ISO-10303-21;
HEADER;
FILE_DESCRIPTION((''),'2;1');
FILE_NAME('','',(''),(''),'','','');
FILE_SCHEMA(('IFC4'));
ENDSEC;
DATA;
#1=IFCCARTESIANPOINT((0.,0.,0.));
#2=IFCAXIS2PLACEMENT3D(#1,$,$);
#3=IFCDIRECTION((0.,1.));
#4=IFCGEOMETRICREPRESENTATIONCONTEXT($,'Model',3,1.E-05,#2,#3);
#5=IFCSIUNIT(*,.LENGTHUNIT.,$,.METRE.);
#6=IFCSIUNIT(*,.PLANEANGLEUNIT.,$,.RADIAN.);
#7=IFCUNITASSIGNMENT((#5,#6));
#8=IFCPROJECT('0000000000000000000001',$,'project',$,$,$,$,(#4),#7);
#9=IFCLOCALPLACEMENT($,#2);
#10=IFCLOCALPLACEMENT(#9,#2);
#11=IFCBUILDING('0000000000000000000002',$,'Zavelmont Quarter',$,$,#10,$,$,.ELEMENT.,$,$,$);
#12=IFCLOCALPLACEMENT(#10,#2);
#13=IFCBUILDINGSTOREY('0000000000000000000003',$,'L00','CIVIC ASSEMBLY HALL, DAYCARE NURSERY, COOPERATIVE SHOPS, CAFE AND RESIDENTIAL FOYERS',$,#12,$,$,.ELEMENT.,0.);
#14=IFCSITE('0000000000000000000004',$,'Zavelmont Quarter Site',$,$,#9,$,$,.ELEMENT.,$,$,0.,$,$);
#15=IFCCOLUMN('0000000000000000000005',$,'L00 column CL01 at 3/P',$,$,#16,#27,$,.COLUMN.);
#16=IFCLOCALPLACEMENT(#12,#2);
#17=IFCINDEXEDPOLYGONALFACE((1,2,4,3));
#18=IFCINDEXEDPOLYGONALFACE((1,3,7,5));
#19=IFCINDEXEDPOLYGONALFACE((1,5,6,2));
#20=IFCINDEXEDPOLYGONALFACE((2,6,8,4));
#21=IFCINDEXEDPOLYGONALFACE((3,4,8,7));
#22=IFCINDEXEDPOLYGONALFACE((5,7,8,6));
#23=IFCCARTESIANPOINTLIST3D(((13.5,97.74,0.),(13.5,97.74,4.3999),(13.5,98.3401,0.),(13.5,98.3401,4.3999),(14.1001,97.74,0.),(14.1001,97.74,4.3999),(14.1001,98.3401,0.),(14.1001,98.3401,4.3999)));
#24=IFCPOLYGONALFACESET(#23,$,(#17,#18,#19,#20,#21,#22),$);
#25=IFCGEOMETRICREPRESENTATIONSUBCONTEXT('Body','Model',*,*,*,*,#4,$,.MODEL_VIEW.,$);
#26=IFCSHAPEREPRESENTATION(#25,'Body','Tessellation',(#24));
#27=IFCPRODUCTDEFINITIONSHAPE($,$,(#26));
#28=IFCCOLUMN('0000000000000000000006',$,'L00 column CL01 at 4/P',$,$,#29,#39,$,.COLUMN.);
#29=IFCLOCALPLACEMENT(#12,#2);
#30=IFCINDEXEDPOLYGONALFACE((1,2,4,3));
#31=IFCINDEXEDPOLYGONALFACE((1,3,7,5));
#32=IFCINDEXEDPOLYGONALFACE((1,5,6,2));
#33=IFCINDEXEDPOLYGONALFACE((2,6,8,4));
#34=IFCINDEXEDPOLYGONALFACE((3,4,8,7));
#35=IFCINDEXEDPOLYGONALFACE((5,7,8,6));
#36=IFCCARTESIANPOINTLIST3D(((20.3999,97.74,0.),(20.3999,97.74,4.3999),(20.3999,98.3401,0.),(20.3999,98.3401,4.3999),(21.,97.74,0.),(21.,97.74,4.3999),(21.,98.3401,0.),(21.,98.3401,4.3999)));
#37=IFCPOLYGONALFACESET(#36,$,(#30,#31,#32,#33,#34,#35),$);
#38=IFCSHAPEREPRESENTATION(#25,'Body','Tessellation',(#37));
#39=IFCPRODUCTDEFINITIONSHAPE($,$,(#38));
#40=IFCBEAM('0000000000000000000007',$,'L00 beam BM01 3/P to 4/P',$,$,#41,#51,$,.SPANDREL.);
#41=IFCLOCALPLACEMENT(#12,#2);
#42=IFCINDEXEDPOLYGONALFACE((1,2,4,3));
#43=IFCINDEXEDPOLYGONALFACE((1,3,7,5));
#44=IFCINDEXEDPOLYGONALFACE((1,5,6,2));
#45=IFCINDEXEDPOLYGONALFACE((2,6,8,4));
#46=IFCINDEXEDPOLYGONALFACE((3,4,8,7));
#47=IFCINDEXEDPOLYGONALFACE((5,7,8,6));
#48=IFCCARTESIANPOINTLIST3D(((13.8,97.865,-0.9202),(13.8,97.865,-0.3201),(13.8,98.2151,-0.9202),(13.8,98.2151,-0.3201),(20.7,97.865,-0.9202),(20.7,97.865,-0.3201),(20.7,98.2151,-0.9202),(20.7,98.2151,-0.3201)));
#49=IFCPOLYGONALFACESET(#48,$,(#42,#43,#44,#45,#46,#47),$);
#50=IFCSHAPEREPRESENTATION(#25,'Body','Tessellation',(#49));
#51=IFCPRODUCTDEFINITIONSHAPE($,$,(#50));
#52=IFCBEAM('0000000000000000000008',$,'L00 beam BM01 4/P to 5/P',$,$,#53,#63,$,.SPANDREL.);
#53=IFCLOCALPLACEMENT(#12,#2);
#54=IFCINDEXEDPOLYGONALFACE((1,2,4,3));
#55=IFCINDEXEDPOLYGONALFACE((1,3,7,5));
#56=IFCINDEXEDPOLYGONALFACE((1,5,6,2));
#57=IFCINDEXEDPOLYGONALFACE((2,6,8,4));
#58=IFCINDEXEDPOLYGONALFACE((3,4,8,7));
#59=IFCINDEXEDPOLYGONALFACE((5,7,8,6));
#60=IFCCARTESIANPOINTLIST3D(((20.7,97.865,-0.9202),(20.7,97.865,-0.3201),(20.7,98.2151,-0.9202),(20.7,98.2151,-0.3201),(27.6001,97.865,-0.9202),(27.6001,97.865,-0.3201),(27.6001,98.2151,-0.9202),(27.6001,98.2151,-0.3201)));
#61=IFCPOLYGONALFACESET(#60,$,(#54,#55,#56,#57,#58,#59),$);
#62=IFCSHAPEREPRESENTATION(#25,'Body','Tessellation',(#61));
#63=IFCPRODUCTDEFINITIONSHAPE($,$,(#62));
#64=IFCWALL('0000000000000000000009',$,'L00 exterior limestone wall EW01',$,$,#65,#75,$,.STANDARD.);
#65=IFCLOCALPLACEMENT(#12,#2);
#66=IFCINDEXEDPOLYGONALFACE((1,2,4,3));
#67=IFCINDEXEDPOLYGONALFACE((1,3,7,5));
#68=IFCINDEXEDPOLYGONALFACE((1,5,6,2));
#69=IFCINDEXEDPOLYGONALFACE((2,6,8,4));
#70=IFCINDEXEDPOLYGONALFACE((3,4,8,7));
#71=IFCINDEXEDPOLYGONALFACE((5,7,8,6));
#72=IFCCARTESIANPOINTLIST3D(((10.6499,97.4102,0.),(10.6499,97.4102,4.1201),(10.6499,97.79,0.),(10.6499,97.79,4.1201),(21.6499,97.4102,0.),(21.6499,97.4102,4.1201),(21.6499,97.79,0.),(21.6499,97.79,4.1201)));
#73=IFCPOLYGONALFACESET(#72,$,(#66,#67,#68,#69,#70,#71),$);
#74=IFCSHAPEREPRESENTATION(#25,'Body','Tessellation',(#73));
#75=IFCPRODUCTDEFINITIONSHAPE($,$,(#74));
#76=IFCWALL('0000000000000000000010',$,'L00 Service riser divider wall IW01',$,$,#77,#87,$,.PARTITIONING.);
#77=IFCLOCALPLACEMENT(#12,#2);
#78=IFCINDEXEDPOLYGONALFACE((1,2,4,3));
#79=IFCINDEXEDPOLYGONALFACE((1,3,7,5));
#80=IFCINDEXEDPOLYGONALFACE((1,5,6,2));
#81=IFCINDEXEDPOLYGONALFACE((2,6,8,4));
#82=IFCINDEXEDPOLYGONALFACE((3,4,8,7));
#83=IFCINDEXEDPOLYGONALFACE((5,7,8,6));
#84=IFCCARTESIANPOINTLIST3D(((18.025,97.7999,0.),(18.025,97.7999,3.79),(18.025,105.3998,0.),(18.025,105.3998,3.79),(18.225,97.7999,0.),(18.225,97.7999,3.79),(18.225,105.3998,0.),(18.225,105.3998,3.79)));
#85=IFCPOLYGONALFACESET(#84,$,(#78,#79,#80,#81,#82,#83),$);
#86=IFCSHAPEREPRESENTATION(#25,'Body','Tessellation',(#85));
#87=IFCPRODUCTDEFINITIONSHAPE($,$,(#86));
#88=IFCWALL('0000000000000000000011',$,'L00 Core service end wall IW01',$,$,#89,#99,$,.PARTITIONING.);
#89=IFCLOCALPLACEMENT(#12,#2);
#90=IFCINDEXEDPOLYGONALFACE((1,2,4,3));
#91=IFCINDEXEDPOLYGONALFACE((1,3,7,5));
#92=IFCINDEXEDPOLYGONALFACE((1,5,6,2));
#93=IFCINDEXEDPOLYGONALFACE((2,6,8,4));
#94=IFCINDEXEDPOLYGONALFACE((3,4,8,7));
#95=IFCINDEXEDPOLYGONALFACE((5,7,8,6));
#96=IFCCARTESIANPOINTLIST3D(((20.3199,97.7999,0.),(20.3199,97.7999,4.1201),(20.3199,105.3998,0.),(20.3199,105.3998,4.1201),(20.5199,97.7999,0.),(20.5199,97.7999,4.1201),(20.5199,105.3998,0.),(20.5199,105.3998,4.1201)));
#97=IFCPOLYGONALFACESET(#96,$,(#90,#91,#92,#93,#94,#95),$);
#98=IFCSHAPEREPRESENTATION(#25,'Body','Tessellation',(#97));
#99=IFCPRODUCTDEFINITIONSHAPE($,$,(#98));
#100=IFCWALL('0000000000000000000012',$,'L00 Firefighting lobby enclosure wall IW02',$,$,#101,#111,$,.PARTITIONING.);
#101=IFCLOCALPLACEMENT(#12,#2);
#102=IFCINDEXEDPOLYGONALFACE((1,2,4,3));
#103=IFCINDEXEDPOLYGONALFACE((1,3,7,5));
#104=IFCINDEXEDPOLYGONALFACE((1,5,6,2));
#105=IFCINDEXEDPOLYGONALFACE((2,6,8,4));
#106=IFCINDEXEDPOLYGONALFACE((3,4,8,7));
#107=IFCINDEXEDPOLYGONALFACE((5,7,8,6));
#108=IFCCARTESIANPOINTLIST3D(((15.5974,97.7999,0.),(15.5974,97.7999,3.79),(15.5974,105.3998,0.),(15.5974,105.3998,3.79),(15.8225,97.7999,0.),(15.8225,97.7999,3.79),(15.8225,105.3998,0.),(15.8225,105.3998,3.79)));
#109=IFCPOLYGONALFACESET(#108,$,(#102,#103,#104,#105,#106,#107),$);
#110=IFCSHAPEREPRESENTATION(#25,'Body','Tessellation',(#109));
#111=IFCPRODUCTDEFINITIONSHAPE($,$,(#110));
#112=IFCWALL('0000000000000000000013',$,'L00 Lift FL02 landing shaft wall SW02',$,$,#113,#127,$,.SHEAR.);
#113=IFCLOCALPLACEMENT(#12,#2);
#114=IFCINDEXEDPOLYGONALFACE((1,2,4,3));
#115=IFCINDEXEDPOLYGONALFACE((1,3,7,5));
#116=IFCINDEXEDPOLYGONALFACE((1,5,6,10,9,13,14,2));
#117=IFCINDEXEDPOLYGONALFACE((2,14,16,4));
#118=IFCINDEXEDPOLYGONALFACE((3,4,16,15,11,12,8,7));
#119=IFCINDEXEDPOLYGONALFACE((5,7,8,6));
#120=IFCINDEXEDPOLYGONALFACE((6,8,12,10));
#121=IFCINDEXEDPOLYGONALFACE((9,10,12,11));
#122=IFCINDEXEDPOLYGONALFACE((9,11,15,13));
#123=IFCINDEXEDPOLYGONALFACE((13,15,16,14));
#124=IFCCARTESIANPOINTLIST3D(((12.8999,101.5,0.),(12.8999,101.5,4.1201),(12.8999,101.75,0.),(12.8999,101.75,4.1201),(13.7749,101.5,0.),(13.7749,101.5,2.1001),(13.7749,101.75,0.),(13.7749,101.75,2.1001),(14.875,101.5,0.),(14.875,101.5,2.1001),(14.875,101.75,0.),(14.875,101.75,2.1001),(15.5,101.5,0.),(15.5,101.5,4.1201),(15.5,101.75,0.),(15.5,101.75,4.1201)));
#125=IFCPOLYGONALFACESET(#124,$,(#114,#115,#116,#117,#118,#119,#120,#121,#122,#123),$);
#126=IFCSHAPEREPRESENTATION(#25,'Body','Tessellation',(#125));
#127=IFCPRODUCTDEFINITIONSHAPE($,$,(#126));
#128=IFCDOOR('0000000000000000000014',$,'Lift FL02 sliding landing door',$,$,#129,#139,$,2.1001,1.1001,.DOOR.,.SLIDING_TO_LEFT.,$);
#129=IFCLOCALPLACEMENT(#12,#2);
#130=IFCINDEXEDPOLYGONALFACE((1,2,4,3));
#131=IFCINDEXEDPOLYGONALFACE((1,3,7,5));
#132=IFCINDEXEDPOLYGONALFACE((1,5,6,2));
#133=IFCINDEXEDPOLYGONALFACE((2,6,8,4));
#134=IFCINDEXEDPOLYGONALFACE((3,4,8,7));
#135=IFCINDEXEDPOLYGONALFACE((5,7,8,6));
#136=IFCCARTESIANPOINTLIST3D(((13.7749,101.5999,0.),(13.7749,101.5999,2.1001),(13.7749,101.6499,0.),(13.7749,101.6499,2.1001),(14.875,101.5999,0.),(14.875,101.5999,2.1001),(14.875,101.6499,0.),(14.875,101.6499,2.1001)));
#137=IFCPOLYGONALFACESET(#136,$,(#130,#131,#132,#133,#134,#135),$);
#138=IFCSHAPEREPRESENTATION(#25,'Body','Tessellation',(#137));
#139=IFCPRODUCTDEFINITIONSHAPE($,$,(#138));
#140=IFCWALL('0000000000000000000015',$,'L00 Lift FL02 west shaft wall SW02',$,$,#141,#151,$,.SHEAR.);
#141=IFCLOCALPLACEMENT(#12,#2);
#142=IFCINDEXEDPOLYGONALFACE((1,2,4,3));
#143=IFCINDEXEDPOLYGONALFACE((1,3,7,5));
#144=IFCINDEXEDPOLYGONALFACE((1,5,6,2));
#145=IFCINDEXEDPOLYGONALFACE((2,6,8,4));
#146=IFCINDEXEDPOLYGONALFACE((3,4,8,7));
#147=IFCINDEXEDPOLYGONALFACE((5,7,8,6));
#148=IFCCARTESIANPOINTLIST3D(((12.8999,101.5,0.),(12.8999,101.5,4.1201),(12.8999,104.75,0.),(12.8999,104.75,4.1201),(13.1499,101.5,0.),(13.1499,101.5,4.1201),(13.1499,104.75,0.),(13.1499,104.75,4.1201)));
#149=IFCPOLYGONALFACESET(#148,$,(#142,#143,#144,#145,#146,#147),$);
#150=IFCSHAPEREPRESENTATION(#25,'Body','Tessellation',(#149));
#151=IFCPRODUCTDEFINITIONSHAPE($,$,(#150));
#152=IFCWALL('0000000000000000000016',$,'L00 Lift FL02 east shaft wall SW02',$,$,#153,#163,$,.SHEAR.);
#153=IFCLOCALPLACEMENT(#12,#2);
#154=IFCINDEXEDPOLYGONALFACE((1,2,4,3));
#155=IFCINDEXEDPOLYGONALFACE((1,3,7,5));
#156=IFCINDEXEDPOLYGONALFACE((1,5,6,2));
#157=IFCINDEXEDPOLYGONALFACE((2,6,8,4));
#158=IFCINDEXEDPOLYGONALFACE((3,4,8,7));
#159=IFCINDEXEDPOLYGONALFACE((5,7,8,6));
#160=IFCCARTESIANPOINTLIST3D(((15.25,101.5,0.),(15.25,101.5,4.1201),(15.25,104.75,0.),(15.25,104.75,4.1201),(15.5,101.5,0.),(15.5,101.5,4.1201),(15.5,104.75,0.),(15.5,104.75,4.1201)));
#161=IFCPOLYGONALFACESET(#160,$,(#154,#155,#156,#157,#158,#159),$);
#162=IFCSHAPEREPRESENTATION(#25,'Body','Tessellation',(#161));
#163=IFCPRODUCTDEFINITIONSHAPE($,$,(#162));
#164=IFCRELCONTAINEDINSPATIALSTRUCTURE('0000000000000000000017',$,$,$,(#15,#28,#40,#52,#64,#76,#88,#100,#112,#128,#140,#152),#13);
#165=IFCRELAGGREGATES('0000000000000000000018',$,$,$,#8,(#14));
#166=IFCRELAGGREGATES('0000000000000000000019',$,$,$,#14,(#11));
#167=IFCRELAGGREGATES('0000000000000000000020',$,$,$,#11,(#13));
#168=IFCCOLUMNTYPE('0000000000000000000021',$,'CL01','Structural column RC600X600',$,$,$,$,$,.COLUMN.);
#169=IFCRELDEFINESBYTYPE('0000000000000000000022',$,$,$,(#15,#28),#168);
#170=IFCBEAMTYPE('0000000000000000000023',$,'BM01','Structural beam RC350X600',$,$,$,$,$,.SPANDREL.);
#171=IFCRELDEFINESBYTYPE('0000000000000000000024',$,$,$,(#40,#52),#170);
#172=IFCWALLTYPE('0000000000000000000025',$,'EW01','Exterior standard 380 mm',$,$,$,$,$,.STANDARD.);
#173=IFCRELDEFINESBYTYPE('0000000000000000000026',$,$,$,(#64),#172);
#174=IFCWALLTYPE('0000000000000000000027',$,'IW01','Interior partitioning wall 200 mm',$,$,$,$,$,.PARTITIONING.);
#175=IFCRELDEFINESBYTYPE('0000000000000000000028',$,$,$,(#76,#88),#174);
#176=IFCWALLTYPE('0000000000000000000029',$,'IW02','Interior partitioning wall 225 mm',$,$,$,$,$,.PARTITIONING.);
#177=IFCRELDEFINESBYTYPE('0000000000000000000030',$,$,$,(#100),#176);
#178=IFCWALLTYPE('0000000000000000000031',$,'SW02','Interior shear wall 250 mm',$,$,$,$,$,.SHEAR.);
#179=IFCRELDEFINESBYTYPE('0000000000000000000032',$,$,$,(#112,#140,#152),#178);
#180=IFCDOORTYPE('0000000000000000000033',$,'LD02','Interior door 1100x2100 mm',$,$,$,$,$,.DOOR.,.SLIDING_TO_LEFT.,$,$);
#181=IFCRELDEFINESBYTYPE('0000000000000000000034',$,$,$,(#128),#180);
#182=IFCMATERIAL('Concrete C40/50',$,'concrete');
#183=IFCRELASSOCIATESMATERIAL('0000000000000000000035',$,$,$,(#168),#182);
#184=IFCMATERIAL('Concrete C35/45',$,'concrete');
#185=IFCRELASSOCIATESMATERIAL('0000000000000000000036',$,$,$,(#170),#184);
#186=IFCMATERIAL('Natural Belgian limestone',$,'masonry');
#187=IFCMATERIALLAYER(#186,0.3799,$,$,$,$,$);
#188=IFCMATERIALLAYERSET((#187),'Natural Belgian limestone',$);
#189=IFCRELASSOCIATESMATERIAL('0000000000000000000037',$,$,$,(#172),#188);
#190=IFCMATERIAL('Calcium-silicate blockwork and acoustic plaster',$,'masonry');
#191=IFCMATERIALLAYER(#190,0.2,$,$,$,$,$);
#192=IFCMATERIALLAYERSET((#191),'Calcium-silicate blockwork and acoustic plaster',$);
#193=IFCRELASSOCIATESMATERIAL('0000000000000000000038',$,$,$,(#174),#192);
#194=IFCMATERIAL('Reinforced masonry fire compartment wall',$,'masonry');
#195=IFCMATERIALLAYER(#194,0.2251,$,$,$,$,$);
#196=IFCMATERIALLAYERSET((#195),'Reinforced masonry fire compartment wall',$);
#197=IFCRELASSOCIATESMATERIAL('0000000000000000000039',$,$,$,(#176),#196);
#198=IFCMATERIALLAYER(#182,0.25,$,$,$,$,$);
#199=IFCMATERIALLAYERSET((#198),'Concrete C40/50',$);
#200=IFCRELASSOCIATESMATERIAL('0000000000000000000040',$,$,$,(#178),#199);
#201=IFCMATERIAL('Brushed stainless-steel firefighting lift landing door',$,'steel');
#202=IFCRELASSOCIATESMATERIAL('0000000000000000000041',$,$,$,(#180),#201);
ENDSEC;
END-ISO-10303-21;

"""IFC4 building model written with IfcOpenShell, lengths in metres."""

from ifc_helpers import new_model, si_unit, direction, frame, frame_2d, origin, origin_with_axes, origin_2d, place, context, subcontext, project, spatial, rectangle, extrude, material, layer, layer_set, material_profile, profile_set, type_object, element, fill, save


model = new_model("IFC4")

# Units and contexts
model_context = context("Model", 3, precision=1e-05, world=origin(), true_north=direction((0.0, 1.0)))
body_context = subcontext(model_context, "Body", "Model", "MODEL_VIEW")
ifc_project = project(units=[si_unit("LENGTHUNIT", "METRE"), si_unit("PLANEANGLEUNIT", "RADIAN")], contexts=[model_context])

# Site, building, storey
site_placement = place(None, origin())
site = spatial("IfcSite", under=ifc_project, at=site_placement, Name="Zavelmont Quarter Site", CompositionType="ELEMENT", RefElevation=0.0)
building_placement = place(site_placement, origin())
building = spatial("IfcBuilding", under=site, at=building_placement, Name="Zavelmont Quarter", CompositionType="ELEMENT")
storey_placement = place(building_placement, origin())
storey = spatial("IfcBuildingStorey", under=building, at=storey_placement, Name="L00", Description="CIVIC ASSEMBLY HALL, DAYCARE NURSERY, COOPERATIVE SHOPS, CAFE AND RESIDENTIAL FOYERS", CompositionType="ELEMENT", Elevation=0.0)

# Columns
ifc_material_1 = material(Name="Concrete C40/50", Category="concrete")
ifc_material_profile_1 = material_profile(ifc_material_1, rectangle(XDim=0.6001, YDim=0.6001, at=origin_2d()), Name="RC600X600")
ifc_profile_set_1 = profile_set([ifc_material_profile_1], Name="Concrete C40/50")
column_type = type_object("IfcColumnType", Name="CL01", Description="Structural column RC600X600", PredefinedType="COLUMN", material=ifc_profile_set_1)
for number, where, z_axis, x_axis, name in (
    (1, (13.8, 98.04, 0.0), (0.0, 0.0, 1.0), (1.0, 0.0, 0.0), "L00 column CL01 at 3/P"),
    (2, (20.7, 98.04, 0.0), (0.0, 0.0, 1.0), (1.0, 0.0, 0.0), "L00 column CL01 at 4/P"),
):
    element("IfcColumn", number, at=place(storey_placement, frame(where, z_axis=z_axis, x_axis=x_axis)), inside=storey, type_object=column_type, Name=name, PredefinedType="COLUMN", context=body_context, shape_type="SweptSolid", body=[
        extrude(rectangle(XDim=0.6001, YDim=0.6001, at=origin_2d()), origin(), (0.0, 0.0, 1.0), 4.3999),
    ])

# Beams
ifc_material_2 = material(Name="Concrete C35/45", Category="concrete")
ifc_material_profile_2 = material_profile(ifc_material_2, rectangle(XDim=0.3501, YDim=0.6001, at=origin_2d()), Name="RC350X600")
ifc_profile_set_2 = profile_set([ifc_material_profile_2], Name="Concrete C35/45")
beam_type = type_object("IfcBeamType", Name="BM01", Description="Structural beam RC350X600", PredefinedType="SPANDREL", material=ifc_profile_set_2)
beam_1_placement = place(storey_placement, frame((13.8, 98.04, -0.6201), z_axis=(1.0, 0.0, 0.0), x_axis=(0.0, 1.0, 0.0)))
element("IfcBeam", 3, at=beam_1_placement, inside=storey, type_object=beam_type, Name="L00 beam BM01 3/P to 4/P", PredefinedType="SPANDREL", context=body_context, shape_type="SweptSolid", body=[
    extrude(rectangle(XDim=0.3501, YDim=0.6001, at=origin_2d()), origin(), (0.0, 0.0, 1.0), 6.8999),
])
beam_2_placement = place(storey_placement, frame((20.7, 98.04, -0.6201), z_axis=(1.0, 0.0, 0.0), x_axis=(0.0, 1.0, 0.0)))
element("IfcBeam", 4, at=beam_2_placement, inside=storey, type_object=beam_type, Name="L00 beam BM01 4/P to 5/P", PredefinedType="SPANDREL", context=body_context, shape_type="SweptSolid", body=[
    extrude(rectangle(XDim=0.3501, YDim=0.6001, at=origin_2d()), origin(), (0.0, 0.0, 1.0), 6.9001),
])

# Walls
ifc_material_3 = material(Name="Natural Belgian limestone", Category="masonry")
ifc_layer_1 = layer(ifc_material_3, 0.3799)
ifc_layer_set_1 = layer_set([ifc_layer_1], Name="Natural Belgian limestone")
wall_type_1 = type_object("IfcWallType", Name="EW01", Description="Exterior standard 380 mm", PredefinedType="STANDARD", material=ifc_layer_set_1)
wall_1_placement = place(storey_placement, frame((10.6499, 97.6001, 0.0), z_axis=(0.0, 0.0, 1.0), x_axis=(1.0, 0.0, 0.0)))
element("IfcWall", 5, at=wall_1_placement, inside=storey, type_object=wall_type_1, Name="L00 exterior limestone wall EW01", PredefinedType="STANDARD", context=body_context, shape_type="SweptSolid", body=[
    extrude(rectangle(XDim=11.0, YDim=0.3799, at=frame_2d((5.5, 0.0))), origin(), (0.0, 0.0, 1.0), 4.1201),
])
ifc_material_4 = material(Name="Calcium-silicate blockwork and acoustic plaster", Category="masonry")
ifc_layer_2 = layer(ifc_material_4, 0.2)
ifc_layer_set_2 = layer_set([ifc_layer_2], Name="Calcium-silicate blockwork and acoustic plaster")
wall_type_2 = type_object("IfcWallType", Name="IW01", Description="Interior partitioning wall 200 mm", PredefinedType="PARTITIONING", material=ifc_layer_set_2)
wall_2_placement = place(storey_placement, frame((18.125, 97.8, 0.0), z_axis=(0.0, 0.0, 1.0), x_axis=(0.0, 1.0, 0.0)))
element("IfcWall", 6, at=wall_2_placement, inside=storey, type_object=wall_type_2, Name="L00 Service riser divider wall IW01", PredefinedType="PARTITIONING", context=body_context, shape_type="SweptSolid", body=[
    extrude(rectangle(XDim=7.5999, YDim=0.2, at=frame_2d((3.7998, 0.0))), origin(), (0.0, 0.0, 1.0), 3.79),
])
wall_3_placement = place(storey_placement, frame((20.4199, 97.8, 0.0), z_axis=(0.0, 0.0, 1.0), x_axis=(0.0, 1.0, 0.0)))
element("IfcWall", 7, at=wall_3_placement, inside=storey, type_object=wall_type_2, Name="L00 Core service end wall IW01", PredefinedType="PARTITIONING", context=body_context, shape_type="SweptSolid", body=[
    extrude(rectangle(XDim=7.5999, YDim=0.2, at=frame_2d((3.7998, 0.0))), origin(), (0.0, 0.0, 1.0), 4.1201),
])
ifc_material_5 = material(Name="Reinforced masonry fire compartment wall", Category="masonry")
ifc_layer_3 = layer(ifc_material_5, 0.2251)
ifc_layer_set_3 = layer_set([ifc_layer_3], Name="Reinforced masonry fire compartment wall")
wall_type_3 = type_object("IfcWallType", Name="IW02", Description="Interior partitioning wall 225 mm", PredefinedType="PARTITIONING", material=ifc_layer_set_3)
wall_4_placement = place(storey_placement, frame((15.71, 97.8, 0.0), z_axis=(0.0, 0.0, 1.0), x_axis=(0.0, 1.0, 0.0)))
element("IfcWall", 8, at=wall_4_placement, inside=storey, type_object=wall_type_3, Name="L00 Firefighting lobby enclosure wall IW02", PredefinedType="PARTITIONING", context=body_context, shape_type="SweptSolid", body=[
    extrude(rectangle(XDim=7.5999, YDim=0.2251, at=frame_2d((3.7998, 0.0))), origin(), (0.0, 0.0, 1.0), 3.79),
])

# Wall, opening, door
ifc_layer_4 = layer(ifc_material_1, 0.25)
ifc_layer_set_4 = layer_set([ifc_layer_4], Name="Concrete C40/50")
wall_type_4 = type_object("IfcWallType", Name="SW02", Description="Interior shear wall 250 mm", PredefinedType="SHEAR", material=ifc_layer_set_4)
wall_5_placement = place(storey_placement, frame((12.8999, 101.625, 0.0), z_axis=(0.0, 0.0, 1.0), x_axis=(1.0, 0.0, 0.0)))
wall_5 = element("IfcWall", 9, at=wall_5_placement, inside=storey, type_object=wall_type_4, Name="L00 Lift FL02 landing shaft wall SW02", PredefinedType="SHEAR", context=body_context, shape_type="SweptSolid", body=[
    extrude(rectangle(XDim=2.6001, YDim=0.25, at=frame_2d((1.3, 0.0))), origin(), (0.0, 0.0, 1.0), 4.1201),
])
opening_1_placement = place(wall_5_placement, frame((0.875, 0.0, 0.0)))
opening_1 = element("IfcOpeningElement", 10, at=opening_1_placement, cuts=wall_5, PredefinedType="OPENING", context=body_context, shape_type="SweptSolid", body=[
    extrude(rectangle(XDim=1.1001, YDim=2.1001, at=frame_2d((0.55, 1.05))), frame((0.0, 0.137, 0.0), z_axis=(0.0, -1.0, 0.0), x_axis=(1.0, 0.0, 0.0)), (0.0, 0.0, 1.0), 0.2739),
])
ifc_material_6 = material(Name="Brushed stainless-steel firefighting lift landing door", Category="steel")
door_type_1 = type_object("IfcDoorType", Name="LD02", Description="Interior door 1100x2100 mm", OperationType="SLIDING_TO_LEFT", PredefinedType="DOOR", material=ifc_material_6)
door_1_placement = place(opening_1_placement, origin_with_axes())
door_1 = element("IfcDoor", 11, at=door_1_placement, inside=storey, type_object=door_type_1, Name="Lift FL02 sliding landing door", OperationType="SLIDING_TO_LEFT", OverallHeight=2.1001, OverallWidth=1.1001, PredefinedType="DOOR", context=body_context, shape_type="SweptSolid", body=[
    extrude(rectangle(XDim=1.1001, YDim=2.1001, at=frame_2d((0.55, 1.05))), frame((0.0, 0.0249, 0.0), z_axis=(0.0, -1.0, 0.0), x_axis=(1.0, 0.0, 0.0)), (0.0, 0.0, 1.0), 0.05),
])
fill(opening_1, door_1)

# Walls
for number, where, z_axis, x_axis, name in (
    (12, (13.0249, 101.5, 0.0), (0.0, 0.0, 1.0), (0.0, 1.0, 0.0), "L00 Lift FL02 west shaft wall SW02"),
    (13, (15.375, 101.5, 0.0), (0.0, 0.0, 1.0), (0.0, 1.0, 0.0), "L00 Lift FL02 east shaft wall SW02"),
):
    element("IfcWall", number, at=place(storey_placement, frame(where, z_axis=z_axis, x_axis=x_axis)), inside=storey, type_object=wall_type_4, Name=name, PredefinedType="SHEAR", context=body_context, shape_type="SweptSolid", body=[
        extrude(rectangle(XDim=3.25, YDim=0.25, at=frame_2d((1.625, 0.0))), origin(), (0.0, 0.0, 1.0), 4.1201),
    ])

save(model, "model.ifc")
